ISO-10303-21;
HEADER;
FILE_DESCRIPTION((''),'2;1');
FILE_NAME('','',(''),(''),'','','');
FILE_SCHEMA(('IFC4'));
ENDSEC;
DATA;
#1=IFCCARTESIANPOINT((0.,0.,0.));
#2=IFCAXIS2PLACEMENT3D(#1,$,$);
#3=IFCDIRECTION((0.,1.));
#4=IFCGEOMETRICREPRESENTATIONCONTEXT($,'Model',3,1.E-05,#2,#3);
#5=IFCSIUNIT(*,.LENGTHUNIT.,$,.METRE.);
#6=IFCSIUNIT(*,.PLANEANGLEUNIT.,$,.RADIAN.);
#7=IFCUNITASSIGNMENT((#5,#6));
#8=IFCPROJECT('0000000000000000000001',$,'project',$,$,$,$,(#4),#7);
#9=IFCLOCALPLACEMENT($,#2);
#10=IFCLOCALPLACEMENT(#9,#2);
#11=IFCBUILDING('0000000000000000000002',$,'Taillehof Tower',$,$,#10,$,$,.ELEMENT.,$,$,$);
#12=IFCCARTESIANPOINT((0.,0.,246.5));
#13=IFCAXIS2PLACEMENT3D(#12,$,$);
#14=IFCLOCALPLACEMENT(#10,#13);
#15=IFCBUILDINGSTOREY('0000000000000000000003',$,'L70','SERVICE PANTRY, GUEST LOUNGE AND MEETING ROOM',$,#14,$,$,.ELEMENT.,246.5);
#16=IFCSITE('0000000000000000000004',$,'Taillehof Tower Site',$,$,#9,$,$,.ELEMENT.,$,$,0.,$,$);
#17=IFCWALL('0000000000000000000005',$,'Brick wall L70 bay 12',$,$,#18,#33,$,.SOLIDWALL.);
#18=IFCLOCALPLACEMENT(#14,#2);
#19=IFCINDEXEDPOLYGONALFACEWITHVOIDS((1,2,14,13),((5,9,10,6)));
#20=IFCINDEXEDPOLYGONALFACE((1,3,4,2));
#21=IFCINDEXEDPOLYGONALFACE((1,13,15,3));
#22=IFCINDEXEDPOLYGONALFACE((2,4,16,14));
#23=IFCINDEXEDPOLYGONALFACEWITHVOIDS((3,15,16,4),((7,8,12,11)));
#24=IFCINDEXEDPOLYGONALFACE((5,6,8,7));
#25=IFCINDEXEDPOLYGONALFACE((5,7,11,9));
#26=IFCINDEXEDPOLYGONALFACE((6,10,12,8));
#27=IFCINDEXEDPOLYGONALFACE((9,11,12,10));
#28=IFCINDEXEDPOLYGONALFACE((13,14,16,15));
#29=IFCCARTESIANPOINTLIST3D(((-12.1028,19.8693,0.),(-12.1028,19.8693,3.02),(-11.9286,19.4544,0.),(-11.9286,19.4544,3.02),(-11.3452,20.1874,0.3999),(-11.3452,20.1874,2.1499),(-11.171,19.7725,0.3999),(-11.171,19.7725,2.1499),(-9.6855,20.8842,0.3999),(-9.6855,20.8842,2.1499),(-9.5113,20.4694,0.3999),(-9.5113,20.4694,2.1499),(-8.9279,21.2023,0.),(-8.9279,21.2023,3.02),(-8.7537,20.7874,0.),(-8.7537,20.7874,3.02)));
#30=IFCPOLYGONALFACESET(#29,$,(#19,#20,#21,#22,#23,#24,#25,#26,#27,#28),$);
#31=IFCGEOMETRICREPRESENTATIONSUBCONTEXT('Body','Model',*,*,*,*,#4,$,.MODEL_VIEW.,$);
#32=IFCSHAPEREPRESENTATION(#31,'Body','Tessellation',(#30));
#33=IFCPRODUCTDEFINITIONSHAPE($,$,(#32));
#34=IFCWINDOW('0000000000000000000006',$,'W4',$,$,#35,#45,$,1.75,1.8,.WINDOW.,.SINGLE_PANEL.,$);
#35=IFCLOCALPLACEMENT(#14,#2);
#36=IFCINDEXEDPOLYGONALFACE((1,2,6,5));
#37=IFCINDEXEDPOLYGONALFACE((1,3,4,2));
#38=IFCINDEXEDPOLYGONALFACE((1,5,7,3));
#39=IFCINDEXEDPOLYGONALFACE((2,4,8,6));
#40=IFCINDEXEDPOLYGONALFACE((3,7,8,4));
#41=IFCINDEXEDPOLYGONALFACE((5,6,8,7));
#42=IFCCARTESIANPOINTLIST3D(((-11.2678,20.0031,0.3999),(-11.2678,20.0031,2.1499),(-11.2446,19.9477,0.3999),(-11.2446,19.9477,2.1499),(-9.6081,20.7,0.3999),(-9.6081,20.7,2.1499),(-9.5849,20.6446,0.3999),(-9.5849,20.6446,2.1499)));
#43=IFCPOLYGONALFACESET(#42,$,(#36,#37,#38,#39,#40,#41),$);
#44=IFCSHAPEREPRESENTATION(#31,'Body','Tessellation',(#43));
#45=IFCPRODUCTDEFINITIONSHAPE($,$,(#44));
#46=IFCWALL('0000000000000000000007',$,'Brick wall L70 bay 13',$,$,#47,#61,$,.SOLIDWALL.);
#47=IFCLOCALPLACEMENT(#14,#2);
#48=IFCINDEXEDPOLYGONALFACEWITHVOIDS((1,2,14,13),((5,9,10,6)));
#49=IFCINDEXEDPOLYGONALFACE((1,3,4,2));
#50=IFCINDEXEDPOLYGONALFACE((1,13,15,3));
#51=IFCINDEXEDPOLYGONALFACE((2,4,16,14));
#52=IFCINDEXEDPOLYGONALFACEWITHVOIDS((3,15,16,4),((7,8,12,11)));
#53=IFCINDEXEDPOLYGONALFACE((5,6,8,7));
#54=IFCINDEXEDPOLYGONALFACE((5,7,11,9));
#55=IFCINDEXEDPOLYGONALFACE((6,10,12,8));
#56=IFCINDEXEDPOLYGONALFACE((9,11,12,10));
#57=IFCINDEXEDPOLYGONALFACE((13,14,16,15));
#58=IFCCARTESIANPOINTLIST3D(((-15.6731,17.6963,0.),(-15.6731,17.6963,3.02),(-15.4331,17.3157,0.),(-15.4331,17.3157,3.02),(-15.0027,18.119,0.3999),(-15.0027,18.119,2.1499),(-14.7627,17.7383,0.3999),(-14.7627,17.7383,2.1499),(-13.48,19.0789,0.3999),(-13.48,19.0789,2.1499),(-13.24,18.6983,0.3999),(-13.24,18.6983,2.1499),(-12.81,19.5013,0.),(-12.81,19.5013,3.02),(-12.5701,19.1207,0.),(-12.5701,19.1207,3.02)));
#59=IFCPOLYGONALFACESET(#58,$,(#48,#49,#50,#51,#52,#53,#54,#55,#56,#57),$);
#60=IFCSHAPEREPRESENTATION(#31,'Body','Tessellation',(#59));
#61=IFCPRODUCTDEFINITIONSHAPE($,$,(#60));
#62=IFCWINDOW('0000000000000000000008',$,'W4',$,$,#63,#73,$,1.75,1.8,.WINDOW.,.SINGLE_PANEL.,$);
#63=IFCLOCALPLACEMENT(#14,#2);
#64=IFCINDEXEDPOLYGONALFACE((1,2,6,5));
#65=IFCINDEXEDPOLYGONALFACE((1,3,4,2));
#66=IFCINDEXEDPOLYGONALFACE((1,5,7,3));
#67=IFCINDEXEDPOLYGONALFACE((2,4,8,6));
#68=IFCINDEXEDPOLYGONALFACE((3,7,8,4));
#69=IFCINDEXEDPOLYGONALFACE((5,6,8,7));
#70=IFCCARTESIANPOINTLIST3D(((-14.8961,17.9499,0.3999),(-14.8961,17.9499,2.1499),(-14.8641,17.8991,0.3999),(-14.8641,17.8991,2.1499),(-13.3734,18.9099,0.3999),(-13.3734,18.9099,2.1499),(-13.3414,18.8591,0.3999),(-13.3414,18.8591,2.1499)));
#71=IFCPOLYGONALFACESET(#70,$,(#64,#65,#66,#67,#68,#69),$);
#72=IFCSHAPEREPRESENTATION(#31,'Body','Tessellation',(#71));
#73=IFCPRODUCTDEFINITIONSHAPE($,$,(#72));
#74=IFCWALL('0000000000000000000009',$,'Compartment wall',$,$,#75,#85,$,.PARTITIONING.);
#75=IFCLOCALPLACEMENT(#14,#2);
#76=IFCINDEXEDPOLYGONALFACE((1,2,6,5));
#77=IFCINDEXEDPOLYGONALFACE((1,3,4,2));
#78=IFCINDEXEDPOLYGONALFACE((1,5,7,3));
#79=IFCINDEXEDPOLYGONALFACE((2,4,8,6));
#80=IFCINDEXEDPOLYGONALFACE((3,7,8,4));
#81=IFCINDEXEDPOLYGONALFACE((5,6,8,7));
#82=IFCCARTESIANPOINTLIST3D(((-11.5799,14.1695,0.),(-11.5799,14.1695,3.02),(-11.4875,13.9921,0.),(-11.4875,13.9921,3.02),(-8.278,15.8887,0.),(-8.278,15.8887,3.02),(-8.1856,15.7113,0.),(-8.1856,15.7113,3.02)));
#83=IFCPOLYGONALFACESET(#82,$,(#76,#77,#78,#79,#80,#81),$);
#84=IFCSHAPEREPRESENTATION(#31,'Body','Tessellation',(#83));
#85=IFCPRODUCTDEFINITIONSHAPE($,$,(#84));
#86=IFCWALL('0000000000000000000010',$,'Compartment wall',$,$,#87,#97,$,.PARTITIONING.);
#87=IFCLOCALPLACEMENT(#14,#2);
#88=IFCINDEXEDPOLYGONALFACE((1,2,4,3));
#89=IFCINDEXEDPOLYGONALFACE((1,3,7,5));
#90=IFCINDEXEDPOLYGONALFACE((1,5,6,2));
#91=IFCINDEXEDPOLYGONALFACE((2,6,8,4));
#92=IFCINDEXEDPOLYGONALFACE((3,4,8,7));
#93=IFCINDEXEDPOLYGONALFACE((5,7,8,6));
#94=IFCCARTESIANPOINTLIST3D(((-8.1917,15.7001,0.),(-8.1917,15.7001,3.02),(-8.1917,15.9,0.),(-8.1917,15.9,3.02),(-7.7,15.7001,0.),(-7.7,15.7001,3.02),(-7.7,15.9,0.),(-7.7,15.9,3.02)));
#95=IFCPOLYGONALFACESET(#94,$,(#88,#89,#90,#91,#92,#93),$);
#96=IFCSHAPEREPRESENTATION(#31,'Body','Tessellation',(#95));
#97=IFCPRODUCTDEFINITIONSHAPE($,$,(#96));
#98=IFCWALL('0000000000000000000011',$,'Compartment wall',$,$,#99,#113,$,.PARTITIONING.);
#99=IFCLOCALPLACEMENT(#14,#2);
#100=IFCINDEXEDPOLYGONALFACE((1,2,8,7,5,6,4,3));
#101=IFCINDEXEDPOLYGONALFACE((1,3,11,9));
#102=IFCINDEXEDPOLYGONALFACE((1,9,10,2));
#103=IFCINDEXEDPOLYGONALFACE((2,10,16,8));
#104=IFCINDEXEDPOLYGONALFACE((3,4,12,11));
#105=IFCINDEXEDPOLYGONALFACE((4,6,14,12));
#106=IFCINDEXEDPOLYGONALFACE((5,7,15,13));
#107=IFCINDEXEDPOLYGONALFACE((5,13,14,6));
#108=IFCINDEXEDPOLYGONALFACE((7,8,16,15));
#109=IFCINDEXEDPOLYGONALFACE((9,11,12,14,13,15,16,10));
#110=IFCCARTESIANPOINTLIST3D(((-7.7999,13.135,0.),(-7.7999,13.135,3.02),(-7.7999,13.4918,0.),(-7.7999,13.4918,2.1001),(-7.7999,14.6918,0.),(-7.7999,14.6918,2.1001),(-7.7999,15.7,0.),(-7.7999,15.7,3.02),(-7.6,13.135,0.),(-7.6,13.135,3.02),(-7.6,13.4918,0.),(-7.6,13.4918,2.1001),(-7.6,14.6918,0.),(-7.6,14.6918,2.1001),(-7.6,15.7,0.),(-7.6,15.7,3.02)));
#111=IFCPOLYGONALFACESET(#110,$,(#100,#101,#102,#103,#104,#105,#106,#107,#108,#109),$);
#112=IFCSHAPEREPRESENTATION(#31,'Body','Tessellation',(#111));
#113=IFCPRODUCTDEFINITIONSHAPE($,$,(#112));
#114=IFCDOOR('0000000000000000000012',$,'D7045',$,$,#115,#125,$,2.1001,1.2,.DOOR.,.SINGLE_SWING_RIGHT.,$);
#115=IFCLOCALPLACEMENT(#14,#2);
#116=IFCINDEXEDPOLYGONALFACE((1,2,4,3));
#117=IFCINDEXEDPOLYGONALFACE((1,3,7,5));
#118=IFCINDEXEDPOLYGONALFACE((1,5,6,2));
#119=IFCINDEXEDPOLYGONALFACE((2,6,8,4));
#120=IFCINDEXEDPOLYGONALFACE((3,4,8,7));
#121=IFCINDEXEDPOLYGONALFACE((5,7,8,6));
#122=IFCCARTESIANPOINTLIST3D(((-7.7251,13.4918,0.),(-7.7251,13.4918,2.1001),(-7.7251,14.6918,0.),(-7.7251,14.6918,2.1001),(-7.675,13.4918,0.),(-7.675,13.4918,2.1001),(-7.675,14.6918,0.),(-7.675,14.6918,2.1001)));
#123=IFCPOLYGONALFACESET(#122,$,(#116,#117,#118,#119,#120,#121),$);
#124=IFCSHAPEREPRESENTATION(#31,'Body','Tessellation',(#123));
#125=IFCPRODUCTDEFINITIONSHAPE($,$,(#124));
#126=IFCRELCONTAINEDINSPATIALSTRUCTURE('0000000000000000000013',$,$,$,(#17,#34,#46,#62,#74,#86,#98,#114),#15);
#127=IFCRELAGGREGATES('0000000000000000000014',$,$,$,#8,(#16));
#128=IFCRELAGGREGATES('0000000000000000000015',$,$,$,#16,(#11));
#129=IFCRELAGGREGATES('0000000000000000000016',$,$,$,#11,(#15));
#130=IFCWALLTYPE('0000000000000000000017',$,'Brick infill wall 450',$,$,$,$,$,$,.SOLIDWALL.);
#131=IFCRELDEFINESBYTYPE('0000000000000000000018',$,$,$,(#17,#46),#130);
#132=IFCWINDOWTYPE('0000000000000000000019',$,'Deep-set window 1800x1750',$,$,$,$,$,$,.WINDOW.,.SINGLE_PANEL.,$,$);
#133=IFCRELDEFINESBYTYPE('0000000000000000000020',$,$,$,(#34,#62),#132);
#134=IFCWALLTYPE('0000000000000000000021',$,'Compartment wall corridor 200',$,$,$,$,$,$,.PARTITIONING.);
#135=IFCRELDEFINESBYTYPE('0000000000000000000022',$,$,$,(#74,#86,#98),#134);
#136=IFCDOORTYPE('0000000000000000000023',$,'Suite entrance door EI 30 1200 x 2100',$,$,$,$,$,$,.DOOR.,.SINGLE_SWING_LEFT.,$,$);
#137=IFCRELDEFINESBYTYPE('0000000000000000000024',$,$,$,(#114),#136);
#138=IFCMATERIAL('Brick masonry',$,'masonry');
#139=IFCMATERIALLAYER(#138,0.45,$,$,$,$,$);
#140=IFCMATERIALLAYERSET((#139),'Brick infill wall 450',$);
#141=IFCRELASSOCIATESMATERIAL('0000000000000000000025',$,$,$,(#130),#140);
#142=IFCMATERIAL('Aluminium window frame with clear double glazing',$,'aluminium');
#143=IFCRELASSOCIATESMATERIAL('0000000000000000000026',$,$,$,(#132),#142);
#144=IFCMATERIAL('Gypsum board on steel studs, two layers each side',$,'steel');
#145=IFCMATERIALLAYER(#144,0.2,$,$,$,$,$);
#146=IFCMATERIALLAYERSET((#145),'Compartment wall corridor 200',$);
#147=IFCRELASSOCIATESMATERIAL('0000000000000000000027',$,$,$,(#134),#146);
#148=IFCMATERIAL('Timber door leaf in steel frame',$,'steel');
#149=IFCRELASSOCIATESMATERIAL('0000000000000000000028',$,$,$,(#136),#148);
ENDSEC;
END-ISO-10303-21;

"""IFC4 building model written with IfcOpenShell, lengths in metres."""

from ifc_helpers import new_model, si_unit, direction, frame, frame_2d, origin, place, context, subcontext, project, spatial, rectangle, extrude, material, layer, layer_set, type_object, element, fill, save


model = new_model("IFC4")

# Units and contexts
model_context = context("Model", 3, precision=1e-05, world=origin(), true_north=direction((0.0, 1.0)))
body_context = subcontext(model_context, "Body", "Model", "MODEL_VIEW")
ifc_project = project(units=[si_unit("LENGTHUNIT", "METRE"), si_unit("PLANEANGLEUNIT", "RADIAN")], contexts=[model_context])

# Site, building, storey
site_placement = place(None, origin())
site = spatial("IfcSite", under=ifc_project, at=site_placement, Name="Taillehof Tower Site", CompositionType="ELEMENT", RefElevation=0.0)
building_placement = place(site_placement, origin())
building = spatial("IfcBuilding", under=site, at=building_placement, Name="Taillehof Tower", CompositionType="ELEMENT")
storey_placement = place(building_placement, frame((0.0, 0.0, 246.5)))
storey = spatial("IfcBuildingStorey", under=building, at=storey_placement, Name="L70", Description="SERVICE PANTRY, GUEST LOUNGE AND MEETING ROOM", CompositionType="ELEMENT", Elevation=246.5)

# Walls, openings, windows
ifc_material_1 = material(Name="Brick masonry", Category="masonry")
ifc_layer_1 = layer(ifc_material_1, 0.45)
ifc_layer_set_1 = layer_set([ifc_layer_1], Name="Brick infill wall 450")
wall_type_1 = type_object("IfcWallType", Name="Brick infill wall 450", PredefinedType="SOLIDWALL", material=ifc_layer_set_1)
ifc_material_2 = material(Name="Aluminium window frame with clear double glazing", Category="aluminium")
window_type = type_object("IfcWindowType", Name="Deep-set window 1800x1750", PartitioningType="SINGLE_PANEL", PredefinedType="WINDOW", material=ifc_material_2)
wall_1_placement = place(storey_placement, frame((-8.8408, 20.9949, 0.0), z_axis=(0.0, 0.0, 1.0), x_axis=(-0.922025, -0.387131, 0.0)))
wall_1 = element("IfcWall", 1, at=wall_1_placement, inside=storey, type_object=wall_type_1, Name="Brick wall L70 bay 12", PredefinedType="SOLIDWALL", context=body_context, shape_type="SweptSolid", body=[
    extrude(rectangle(XDim=3.4434, YDim=0.45, at=frame_2d((1.7217, 0.0))), origin(), (0.0, 0.0, 1.0), 3.02),
])
opening_1_placement = place(wall_1_placement, frame((0.8218, 0.0, 0.3999)))
opening_1 = element("IfcOpeningElement", 2, at=opening_1_placement, cuts=wall_1, PredefinedType="OPENING", context=body_context, shape_type="SweptSolid", body=[
    extrude(rectangle(XDim=1.8, YDim=1.75, at=frame_2d((0.8999, 0.875))), frame((0.0, 0.2349, 0.0), z_axis=(0.0, -1.0, 0.0), x_axis=(1.0, 0.0, 0.0)), (0.0, 0.0, 1.0), 0.47),
])
window_1_placement = place(opening_1_placement, origin())
window_1 = element("IfcWindow", 3, at=window_1_placement, inside=storey, type_object=window_type, Name="W4", OverallHeight=1.75, OverallWidth=1.8, PartitioningType="SINGLE_PANEL", PredefinedType="WINDOW", context=body_context, shape_type="SweptSolid", body=[
    extrude(rectangle(XDim=1.8, YDim=1.75, at=frame_2d((0.8999, 0.875))), frame((0.0, 0.0349, 0.0), z_axis=(0.0, -1.0, 0.0), x_axis=(1.0, 0.0, 0.0)), (0.0, 0.0, 1.0), 0.0601),
])
fill(opening_1, window_1)
wall_2_placement = place(storey_placement, frame((-12.6899, 19.311, 0.0), z_axis=(0.0, 0.0, 1.0), x_axis=(-0.845929, -0.533295, 0.0)))
wall_2 = element("IfcWall", 4, at=wall_2_placement, inside=storey, type_object=wall_type_1, Name="Brick wall L70 bay 13", PredefinedType="SOLIDWALL", context=body_context, shape_type="SweptSolid", body=[
    extrude(rectangle(XDim=3.3845, YDim=0.45, at=frame_2d((1.6924, 0.0))), origin(), (0.0, 0.0, 1.0), 3.02),
])
opening_2_placement = place(wall_2_placement, frame((0.7922, 0.0, 0.3999)))
opening_2 = element("IfcOpeningElement", 5, at=opening_2_placement, cuts=wall_2, PredefinedType="OPENING", context=body_context, shape_type="SweptSolid", body=[
    extrude(rectangle(XDim=1.8, YDim=1.75, at=frame_2d((0.8999, 0.875))), frame((0.0, 0.2349, 0.0), z_axis=(0.0, -1.0, 0.0), x_axis=(1.0, 0.0, 0.0)), (0.0, 0.0, 1.0), 0.47),
])
window_2_placement = place(opening_2_placement, origin())
window_2 = element("IfcWindow", 6, at=window_2_placement, inside=storey, type_object=window_type, Name="W4", OverallHeight=1.75, OverallWidth=1.8, PartitioningType="SINGLE_PANEL", PredefinedType="WINDOW", context=body_context, shape_type="SweptSolid", body=[
    extrude(rectangle(XDim=1.8, YDim=1.75, at=frame_2d((0.8999, 0.875))), frame((0.0, 0.0349, 0.0), z_axis=(0.0, -1.0, 0.0), x_axis=(1.0, 0.0, 0.0)), (0.0, 0.0, 1.0), 0.0601),
])
fill(opening_2, window_2)

# Walls
ifc_material_3 = material(Name="Gypsum board on steel studs, two layers each side", Category="steel")
ifc_layer_2 = layer(ifc_material_3, 0.2)
ifc_layer_set_2 = layer_set([ifc_layer_2], Name="Compartment wall corridor 200")
wall_type_2 = type_object("IfcWallType", Name="Compartment wall corridor 200", PredefinedType="PARTITIONING", material=ifc_layer_set_2)
wall_3_placement = place(storey_placement, frame((-11.5337, 14.0808, 0.0), z_axis=(0.0, 0.0, 1.0), x_axis=(0.886975, 0.461817, 0.0)))
element("IfcWall", 7, at=wall_3_placement, inside=storey, type_object=wall_type_2, Name="Compartment wall", PredefinedType="PARTITIONING", context=body_context, shape_type="SweptSolid", body=[
    extrude(rectangle(XDim=3.7227, YDim=0.2, at=frame_2d((1.8613, 0.0))), origin(), (0.0, 0.0, 1.0), 3.02),
])
wall_4_placement = place(storey_placement, frame((-8.1917, 15.8, 0.0), z_axis=(0.0, 0.0, 1.0), x_axis=(1.0, 0.0, 0.0)))
element("IfcWall", 8, at=wall_4_placement, inside=storey, type_object=wall_type_2, Name="Compartment wall", PredefinedType="PARTITIONING", context=body_context, shape_type="SweptSolid", body=[
    extrude(rectangle(XDim=0.4917, YDim=0.2, at=frame_2d((0.2458, 0.0))), origin(), (0.0, 0.0, 1.0), 3.02),
])

# Wall, opening, door
wall_5_placement = place(storey_placement, frame((-7.7, 15.7, 0.0), z_axis=(0.0, 0.0, 1.0), x_axis=(0.0, -1.0, 0.0)))
wall_5 = element("IfcWall", 9, at=wall_5_placement, inside=storey, type_object=wall_type_2, Name="Compartment wall", PredefinedType="PARTITIONING", context=body_context, shape_type="SweptSolid", body=[
    extrude(rectangle(XDim=2.5649, YDim=0.2, at=frame_2d((1.2825, 0.0))), origin(), (0.0, 0.0, 1.0), 3.02),
])
opening_3_placement = place(wall_5_placement, frame((1.0081, 0.0, 0.0)))
opening_3 = element("IfcOpeningElement", 10, at=opening_3_placement, cuts=wall_5, PredefinedType="OPENING", context=body_context, shape_type="SweptSolid", body=[
    extrude(rectangle(XDim=1.2, YDim=2.1001, at=frame_2d((0.6001, 1.05))), frame((0.0, 0.1099, 0.0), z_axis=(0.0, -1.0, 0.0), x_axis=(1.0, 0.0, 0.0)), (0.0, 0.0, 1.0), 0.22),
])
ifc_material_4 = material(Name="Timber door leaf in steel frame", Category="steel")
door_type_1 = type_object("IfcDoorType", Name="Suite entrance door EI 30 1200 x 2100", OperationType="SINGLE_SWING_LEFT", PredefinedType="DOOR", material=ifc_material_4)
door_1_placement = place(opening_3_placement, origin())
door_1 = element("IfcDoor", 11, at=door_1_placement, inside=storey, type_object=door_type_1, Name="D7045", OperationType="SINGLE_SWING_RIGHT", OverallHeight=2.1001, OverallWidth=1.2, PredefinedType="DOOR", context=body_context, shape_type="SweptSolid", body=[
    extrude(rectangle(XDim=1.2, YDim=2.1001, at=frame_2d((0.6001, 1.05))), frame((0.0, 0.0249, 0.0), z_axis=(0.0, -1.0, 0.0), x_axis=(1.0, 0.0, 0.0)), (0.0, 0.0, 1.0), 0.05),
])
fill(opening_3, door_1)

save(model, "model.ifc")
